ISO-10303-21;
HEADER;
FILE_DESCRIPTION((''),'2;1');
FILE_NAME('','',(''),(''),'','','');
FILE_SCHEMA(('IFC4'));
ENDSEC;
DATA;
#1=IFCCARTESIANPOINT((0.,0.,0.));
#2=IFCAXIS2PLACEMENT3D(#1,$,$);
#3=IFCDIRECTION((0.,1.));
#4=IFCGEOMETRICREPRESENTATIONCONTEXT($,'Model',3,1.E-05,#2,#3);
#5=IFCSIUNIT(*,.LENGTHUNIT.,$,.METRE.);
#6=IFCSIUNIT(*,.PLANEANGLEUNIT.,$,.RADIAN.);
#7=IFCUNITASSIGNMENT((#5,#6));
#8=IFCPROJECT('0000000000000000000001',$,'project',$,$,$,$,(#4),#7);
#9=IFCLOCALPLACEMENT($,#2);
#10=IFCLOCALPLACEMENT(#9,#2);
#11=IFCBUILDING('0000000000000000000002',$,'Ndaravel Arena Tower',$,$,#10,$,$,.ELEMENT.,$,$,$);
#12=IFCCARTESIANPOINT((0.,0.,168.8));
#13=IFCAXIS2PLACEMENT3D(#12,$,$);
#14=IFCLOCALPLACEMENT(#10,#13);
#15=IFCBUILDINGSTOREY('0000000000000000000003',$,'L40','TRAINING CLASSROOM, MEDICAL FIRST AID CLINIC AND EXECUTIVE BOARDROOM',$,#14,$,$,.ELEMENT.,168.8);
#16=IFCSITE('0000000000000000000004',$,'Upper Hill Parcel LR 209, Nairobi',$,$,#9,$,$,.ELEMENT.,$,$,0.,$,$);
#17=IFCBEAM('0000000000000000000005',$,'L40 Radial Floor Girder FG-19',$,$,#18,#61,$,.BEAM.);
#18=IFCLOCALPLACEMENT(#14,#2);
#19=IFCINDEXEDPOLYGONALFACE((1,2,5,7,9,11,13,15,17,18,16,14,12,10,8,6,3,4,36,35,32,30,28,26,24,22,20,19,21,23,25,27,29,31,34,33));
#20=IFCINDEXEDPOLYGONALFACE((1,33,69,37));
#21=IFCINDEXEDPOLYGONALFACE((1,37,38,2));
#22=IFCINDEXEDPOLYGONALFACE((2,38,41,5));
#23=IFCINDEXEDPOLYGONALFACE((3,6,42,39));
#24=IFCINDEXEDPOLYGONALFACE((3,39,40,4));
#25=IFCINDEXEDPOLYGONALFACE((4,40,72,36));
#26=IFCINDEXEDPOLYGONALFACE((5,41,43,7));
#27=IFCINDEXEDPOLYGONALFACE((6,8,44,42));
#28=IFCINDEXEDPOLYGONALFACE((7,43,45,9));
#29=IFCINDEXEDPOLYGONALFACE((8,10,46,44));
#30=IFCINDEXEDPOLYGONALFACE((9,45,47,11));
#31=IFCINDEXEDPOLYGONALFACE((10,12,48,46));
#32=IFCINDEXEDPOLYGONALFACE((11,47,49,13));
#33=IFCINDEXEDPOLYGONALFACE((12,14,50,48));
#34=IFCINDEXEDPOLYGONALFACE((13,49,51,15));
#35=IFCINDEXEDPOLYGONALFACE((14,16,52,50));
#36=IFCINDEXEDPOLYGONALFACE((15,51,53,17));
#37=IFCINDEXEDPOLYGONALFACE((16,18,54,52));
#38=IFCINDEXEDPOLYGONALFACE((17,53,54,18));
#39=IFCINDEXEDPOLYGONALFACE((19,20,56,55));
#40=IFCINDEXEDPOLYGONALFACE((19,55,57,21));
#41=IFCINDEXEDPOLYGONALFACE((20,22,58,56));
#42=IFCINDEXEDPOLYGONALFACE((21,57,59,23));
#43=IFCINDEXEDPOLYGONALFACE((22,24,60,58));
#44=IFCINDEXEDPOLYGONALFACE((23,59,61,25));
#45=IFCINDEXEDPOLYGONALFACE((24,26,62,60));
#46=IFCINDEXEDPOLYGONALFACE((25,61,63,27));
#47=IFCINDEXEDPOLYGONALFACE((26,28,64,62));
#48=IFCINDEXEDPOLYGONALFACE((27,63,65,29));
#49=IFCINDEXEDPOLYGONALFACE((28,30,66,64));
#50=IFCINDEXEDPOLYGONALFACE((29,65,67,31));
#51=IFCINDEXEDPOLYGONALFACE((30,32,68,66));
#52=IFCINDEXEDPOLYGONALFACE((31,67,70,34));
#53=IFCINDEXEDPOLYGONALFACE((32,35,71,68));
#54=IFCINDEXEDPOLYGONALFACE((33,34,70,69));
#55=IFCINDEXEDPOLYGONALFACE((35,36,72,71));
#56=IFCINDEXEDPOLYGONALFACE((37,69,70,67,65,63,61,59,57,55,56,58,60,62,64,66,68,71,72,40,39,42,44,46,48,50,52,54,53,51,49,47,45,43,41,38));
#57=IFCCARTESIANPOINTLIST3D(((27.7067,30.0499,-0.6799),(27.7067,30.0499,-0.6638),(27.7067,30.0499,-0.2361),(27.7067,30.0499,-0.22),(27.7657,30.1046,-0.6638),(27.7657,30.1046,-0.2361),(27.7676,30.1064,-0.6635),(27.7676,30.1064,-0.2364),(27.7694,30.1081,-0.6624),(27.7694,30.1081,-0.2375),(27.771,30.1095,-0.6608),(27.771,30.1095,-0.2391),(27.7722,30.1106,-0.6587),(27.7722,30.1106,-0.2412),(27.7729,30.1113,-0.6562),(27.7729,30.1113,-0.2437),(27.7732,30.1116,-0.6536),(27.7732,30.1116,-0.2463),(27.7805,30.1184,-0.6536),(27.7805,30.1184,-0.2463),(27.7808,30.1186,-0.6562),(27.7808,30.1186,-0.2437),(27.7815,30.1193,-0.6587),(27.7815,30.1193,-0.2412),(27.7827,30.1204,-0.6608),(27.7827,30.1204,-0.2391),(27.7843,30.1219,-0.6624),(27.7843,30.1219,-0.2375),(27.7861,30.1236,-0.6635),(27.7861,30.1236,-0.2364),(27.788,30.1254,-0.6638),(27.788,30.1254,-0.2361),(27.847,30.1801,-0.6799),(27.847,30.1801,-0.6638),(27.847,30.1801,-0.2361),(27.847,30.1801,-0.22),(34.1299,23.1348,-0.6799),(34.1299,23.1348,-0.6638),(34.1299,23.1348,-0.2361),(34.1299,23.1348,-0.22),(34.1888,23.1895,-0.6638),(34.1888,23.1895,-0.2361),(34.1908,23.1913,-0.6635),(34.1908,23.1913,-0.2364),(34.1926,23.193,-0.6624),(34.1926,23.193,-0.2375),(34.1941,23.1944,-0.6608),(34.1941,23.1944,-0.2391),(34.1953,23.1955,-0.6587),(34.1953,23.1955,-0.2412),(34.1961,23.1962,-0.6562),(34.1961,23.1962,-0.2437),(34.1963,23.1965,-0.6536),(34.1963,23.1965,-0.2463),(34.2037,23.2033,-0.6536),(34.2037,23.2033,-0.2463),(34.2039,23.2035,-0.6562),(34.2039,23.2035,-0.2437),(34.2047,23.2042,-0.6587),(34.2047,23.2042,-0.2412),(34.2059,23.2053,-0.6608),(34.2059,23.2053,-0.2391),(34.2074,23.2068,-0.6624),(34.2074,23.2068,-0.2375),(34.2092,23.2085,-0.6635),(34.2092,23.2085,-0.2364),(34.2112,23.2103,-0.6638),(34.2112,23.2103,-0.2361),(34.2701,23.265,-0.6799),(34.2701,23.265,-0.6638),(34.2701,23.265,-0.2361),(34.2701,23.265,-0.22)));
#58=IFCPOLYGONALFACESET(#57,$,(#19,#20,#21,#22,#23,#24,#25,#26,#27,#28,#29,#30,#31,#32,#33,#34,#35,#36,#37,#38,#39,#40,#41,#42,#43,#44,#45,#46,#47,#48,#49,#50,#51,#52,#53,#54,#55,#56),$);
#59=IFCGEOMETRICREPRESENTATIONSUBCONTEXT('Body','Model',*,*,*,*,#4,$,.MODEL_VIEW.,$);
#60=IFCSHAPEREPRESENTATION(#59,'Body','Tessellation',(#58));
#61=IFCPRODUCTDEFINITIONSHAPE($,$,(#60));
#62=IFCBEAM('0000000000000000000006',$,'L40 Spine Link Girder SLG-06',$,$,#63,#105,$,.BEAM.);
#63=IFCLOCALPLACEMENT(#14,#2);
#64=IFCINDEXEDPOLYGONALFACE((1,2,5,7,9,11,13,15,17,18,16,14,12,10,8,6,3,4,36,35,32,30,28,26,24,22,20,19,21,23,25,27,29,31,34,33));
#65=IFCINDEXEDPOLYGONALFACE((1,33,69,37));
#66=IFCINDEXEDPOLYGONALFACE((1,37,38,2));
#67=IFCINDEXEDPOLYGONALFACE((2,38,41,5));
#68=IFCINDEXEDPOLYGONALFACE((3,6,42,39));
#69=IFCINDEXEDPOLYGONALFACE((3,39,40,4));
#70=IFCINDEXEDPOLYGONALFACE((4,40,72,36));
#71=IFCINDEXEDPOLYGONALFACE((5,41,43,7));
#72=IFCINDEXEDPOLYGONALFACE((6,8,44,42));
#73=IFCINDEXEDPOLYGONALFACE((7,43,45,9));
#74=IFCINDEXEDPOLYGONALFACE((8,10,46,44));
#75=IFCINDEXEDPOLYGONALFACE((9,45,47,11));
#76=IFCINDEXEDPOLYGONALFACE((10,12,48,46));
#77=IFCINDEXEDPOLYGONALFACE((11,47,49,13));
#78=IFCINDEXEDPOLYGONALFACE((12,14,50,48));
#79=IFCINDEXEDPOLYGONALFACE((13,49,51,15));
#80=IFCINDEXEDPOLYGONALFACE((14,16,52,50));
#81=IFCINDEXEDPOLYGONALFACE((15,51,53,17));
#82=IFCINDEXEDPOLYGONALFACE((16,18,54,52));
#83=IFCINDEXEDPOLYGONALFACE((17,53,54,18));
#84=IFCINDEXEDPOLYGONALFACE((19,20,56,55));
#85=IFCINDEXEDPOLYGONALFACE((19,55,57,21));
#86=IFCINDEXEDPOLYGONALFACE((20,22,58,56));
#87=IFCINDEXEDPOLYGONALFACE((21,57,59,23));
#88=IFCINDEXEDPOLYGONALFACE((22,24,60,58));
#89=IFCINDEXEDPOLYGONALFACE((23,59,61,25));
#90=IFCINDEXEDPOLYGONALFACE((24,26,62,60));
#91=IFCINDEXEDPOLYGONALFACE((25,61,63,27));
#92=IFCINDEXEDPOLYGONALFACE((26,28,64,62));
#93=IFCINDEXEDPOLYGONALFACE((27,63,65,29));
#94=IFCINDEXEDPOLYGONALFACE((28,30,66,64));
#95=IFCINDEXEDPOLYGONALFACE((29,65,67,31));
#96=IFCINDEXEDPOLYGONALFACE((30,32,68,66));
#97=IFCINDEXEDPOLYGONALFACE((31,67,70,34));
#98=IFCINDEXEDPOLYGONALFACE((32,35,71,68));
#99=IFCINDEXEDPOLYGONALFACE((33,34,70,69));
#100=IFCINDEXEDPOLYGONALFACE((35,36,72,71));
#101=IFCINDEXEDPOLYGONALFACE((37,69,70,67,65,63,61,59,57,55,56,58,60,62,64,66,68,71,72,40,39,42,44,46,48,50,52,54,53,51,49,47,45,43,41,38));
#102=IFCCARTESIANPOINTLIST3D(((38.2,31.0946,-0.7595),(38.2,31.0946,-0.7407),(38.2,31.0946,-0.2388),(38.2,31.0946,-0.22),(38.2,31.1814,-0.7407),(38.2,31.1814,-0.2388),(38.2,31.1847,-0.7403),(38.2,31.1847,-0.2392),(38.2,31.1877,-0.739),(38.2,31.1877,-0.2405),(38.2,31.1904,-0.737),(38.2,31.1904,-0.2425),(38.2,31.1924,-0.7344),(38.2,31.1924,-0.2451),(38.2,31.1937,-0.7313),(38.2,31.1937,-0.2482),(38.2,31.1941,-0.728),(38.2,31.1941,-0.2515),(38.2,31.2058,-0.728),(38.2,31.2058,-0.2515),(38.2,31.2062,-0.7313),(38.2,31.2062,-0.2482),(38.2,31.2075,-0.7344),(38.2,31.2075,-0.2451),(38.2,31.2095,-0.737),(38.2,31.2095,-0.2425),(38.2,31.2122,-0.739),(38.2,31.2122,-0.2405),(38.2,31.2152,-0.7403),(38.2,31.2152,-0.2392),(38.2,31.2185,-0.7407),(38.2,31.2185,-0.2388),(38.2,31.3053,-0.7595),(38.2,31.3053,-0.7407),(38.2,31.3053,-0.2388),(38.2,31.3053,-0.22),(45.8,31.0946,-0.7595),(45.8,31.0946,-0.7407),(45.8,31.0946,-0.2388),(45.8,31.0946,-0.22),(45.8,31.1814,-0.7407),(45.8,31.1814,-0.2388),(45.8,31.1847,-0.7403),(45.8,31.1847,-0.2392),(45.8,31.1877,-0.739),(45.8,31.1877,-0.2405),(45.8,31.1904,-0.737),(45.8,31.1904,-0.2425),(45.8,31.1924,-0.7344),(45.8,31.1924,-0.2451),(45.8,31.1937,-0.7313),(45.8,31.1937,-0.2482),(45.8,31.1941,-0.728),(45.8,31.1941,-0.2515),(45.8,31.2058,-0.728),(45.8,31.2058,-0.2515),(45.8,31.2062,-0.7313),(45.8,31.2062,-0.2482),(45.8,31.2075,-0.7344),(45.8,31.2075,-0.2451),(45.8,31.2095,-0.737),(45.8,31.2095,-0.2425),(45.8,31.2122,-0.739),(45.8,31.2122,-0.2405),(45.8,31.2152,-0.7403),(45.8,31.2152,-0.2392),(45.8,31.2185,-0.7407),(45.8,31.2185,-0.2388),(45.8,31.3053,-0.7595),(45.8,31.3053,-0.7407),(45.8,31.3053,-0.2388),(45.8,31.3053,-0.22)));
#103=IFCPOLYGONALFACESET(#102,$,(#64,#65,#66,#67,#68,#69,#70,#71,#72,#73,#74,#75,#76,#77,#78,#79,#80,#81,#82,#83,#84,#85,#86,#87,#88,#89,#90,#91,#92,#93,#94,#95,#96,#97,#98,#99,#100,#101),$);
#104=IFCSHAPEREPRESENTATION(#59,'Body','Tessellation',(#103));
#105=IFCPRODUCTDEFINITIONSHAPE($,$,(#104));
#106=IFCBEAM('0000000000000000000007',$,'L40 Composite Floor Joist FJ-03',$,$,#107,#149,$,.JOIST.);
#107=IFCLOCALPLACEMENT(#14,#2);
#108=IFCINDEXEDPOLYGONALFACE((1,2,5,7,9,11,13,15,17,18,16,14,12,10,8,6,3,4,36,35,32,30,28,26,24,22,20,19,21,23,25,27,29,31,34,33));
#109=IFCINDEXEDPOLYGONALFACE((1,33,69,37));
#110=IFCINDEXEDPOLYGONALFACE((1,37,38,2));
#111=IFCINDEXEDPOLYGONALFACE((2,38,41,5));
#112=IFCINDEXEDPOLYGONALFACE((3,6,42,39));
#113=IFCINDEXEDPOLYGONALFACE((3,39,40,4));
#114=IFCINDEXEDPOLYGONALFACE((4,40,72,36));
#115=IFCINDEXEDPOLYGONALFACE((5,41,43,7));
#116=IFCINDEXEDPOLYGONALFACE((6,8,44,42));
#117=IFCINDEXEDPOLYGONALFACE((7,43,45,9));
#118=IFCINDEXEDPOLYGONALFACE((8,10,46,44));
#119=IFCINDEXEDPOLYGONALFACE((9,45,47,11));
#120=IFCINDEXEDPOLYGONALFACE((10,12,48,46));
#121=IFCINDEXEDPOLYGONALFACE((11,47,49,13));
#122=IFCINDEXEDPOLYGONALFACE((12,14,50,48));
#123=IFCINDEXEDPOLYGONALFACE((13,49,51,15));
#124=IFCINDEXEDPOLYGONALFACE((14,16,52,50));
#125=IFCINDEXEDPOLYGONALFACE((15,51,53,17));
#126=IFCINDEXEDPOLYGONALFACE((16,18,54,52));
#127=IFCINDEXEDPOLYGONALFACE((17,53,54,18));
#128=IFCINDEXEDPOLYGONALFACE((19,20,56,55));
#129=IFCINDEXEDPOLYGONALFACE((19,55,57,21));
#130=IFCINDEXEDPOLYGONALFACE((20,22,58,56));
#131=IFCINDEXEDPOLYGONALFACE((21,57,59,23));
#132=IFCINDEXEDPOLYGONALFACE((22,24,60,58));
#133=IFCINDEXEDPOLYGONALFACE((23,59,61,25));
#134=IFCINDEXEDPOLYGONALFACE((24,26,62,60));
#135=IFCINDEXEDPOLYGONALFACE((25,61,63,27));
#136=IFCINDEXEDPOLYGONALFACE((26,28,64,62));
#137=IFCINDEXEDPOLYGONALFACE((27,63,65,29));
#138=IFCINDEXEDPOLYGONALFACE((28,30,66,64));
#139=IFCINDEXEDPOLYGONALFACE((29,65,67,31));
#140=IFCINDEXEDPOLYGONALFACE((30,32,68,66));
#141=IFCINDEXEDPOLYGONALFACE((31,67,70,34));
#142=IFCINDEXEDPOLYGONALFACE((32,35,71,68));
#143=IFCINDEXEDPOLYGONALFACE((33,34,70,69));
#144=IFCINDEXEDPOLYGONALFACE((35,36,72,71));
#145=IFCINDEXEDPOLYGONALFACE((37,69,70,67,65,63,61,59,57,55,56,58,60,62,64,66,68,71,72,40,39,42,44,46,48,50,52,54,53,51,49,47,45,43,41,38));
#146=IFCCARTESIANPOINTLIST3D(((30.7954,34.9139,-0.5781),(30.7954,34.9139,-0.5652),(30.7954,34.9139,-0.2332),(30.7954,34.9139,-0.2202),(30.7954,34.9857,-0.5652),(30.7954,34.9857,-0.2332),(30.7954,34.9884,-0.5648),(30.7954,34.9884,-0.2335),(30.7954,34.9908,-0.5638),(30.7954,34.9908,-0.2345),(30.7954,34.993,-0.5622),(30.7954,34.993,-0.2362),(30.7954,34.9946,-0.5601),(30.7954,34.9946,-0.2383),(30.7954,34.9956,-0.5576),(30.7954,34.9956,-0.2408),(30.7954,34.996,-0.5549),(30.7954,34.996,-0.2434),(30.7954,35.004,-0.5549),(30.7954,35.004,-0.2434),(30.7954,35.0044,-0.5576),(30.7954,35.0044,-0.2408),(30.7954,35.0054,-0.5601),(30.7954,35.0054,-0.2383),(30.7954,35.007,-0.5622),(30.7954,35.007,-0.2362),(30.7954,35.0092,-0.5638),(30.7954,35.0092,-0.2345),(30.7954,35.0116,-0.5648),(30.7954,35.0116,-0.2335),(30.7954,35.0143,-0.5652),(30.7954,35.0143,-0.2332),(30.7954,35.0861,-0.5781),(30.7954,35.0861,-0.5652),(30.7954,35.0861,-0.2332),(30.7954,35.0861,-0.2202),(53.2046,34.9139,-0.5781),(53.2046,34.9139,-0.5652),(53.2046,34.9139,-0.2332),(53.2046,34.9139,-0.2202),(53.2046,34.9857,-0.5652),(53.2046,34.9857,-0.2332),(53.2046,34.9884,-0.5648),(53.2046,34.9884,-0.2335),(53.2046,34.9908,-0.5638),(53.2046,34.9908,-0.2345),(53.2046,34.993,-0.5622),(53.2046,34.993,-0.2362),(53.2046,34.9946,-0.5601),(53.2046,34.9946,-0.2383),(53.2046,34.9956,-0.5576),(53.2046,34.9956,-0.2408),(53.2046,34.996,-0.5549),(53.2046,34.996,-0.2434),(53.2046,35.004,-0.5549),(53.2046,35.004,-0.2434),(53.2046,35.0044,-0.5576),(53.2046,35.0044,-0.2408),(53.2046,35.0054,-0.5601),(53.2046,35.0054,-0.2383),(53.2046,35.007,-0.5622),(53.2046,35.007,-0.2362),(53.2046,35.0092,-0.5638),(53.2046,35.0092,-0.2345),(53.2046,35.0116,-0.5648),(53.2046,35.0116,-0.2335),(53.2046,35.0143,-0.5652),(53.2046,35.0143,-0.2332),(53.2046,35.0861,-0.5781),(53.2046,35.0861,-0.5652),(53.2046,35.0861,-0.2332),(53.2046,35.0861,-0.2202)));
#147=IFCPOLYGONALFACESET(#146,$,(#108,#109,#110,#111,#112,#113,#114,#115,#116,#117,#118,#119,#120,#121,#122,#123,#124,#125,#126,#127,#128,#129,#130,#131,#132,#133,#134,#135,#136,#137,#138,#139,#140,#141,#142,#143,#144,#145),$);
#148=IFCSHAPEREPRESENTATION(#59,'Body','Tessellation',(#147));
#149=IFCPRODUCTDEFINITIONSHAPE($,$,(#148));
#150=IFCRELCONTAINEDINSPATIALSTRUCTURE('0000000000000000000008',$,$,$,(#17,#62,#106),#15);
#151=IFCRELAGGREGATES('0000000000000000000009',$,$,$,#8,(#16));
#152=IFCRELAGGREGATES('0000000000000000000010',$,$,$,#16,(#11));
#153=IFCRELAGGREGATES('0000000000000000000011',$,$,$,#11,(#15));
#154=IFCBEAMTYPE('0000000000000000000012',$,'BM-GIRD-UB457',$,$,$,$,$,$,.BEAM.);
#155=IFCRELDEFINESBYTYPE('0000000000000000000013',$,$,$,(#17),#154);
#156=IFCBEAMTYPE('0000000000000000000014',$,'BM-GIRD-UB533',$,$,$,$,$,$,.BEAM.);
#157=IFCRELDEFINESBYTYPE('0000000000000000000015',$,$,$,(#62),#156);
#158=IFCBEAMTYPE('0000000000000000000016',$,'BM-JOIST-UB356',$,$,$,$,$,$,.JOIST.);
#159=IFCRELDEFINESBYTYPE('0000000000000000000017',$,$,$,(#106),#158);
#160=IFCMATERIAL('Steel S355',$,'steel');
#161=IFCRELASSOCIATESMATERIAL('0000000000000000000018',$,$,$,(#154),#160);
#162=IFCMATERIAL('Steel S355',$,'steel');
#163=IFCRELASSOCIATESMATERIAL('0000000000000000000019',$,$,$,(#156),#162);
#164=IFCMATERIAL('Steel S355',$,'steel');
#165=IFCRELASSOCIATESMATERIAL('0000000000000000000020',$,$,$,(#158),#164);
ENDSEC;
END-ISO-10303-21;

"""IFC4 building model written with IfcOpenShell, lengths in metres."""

from ifc_helpers import new_model, si_unit, direction, frame, origin, origin_2d, place, context, subcontext, project, spatial, i_section, extrude, material, material_profile, profile_set, type_object, element, save


model = new_model("IFC4")

# Units and contexts
model_context = context("Model", 3, precision=1e-05, world=origin(), true_north=direction((0.0, 1.0)))
body_context = subcontext(model_context, "Body", "Model", "MODEL_VIEW")
ifc_project = project(units=[si_unit("LENGTHUNIT", "METRE"), si_unit("PLANEANGLEUNIT", "RADIAN")], contexts=[model_context])

# Site, building, storey
site_placement = place(None, origin())
site = spatial("IfcSite", under=ifc_project, at=site_placement, Name="Upper Hill Parcel LR 209, Nairobi", CompositionType="ELEMENT", RefElevation=0.0)
building_placement = place(site_placement, origin())
building = spatial("IfcBuilding", under=site, at=building_placement, Name="Ndaravel Arena Tower", CompositionType="ELEMENT")
storey_placement = place(building_placement, frame((0.0, 0.0, 168.8)))
storey = spatial("IfcBuildingStorey", under=building, at=storey_placement, Name="L40", Description="TRAINING CLASSROOM, MEDICAL FIRST AID CLINIC AND EXECUTIVE BOARDROOM", CompositionType="ELEMENT", Elevation=168.8)

# Beams
ifc_material_1 = material(Name="Steel S355", Category="steel")
ifc_material_profile_1 = material_profile(ifc_material_1, i_section(OverallWidth=0.1914, OverallDepth=0.46, WebThickness=0.01, FlangeThickness=0.0161, FilletRadius=0.0103, at=origin_2d()), Name="UB 457x191x82")
ifc_profile_set_1 = profile_set([ifc_material_profile_1], Name="Steel S355")
beam_type_1 = type_object("IfcBeamType", Name="BM-GIRD-UB457", PredefinedType="BEAM", material=ifc_profile_set_1)
beam_1_placement = place(storey_placement, frame((27.7769, 30.115, -0.45), z_axis=(0.680564, -0.732688, 0.0), x_axis=(0.732688, 0.680564, 0.0)))
element("IfcBeam", 1, at=beam_1_placement, inside=storey, type_object=beam_type_1, Name="L40 Radial Floor Girder FG-19", PredefinedType="BEAM", context=body_context, shape_type="SweptSolid", body=[
    extrude(i_section(OverallWidth=0.1914, OverallDepth=0.46, WebThickness=0.01, FlangeThickness=0.0161, FilletRadius=0.0103, at=origin_2d()), origin(), (0.0, 0.0, 1.0), 9.438),
])
ifc_material_2 = material(Name="Steel S355", Category="steel")
ifc_material_profile_2 = material_profile(ifc_material_2, i_section(OverallWidth=0.2107, OverallDepth=0.5396, WebThickness=0.0117, FlangeThickness=0.0188, FilletRadius=0.0127, at=origin_2d()), Name="UB 533x210x109")
ifc_profile_set_2 = profile_set([ifc_material_profile_2], Name="Steel S355")
beam_type_2 = type_object("IfcBeamType", Name="BM-GIRD-UB533", PredefinedType="BEAM", material=ifc_profile_set_2)
beam_2_placement = place(storey_placement, frame((38.2, 31.2, -0.4897), z_axis=(1.0, 0.0, 0.0), x_axis=(0.0, 1.0, 0.0)))
element("IfcBeam", 2, at=beam_2_placement, inside=storey, type_object=beam_type_2, Name="L40 Spine Link Girder SLG-06", PredefinedType="BEAM", context=body_context, shape_type="SweptSolid", body=[
    extrude(i_section(OverallWidth=0.2107, OverallDepth=0.5396, WebThickness=0.0117, FlangeThickness=0.0188, FilletRadius=0.0127, at=origin_2d()), origin(), (0.0, 0.0, 1.0), 7.6001),
])
ifc_material_3 = material(Name="Steel S355", Category="steel")
ifc_material_profile_3 = material_profile(ifc_material_3, i_section(OverallWidth=0.1721, OverallDepth=0.3579, WebThickness=0.0081, FlangeThickness=0.0129, FilletRadius=0.0103, at=origin_2d()), Name="UB 356x171x57")
ifc_profile_set_3 = profile_set([ifc_material_profile_3], Name="Steel S355")
beam_type_3 = type_object("IfcBeamType", Name="BM-JOIST-UB356", PredefinedType="JOIST", material=ifc_profile_set_3)
beam_3_placement = place(storey_placement, frame((30.7954, 35.0, -0.3992), z_axis=(1.0, 0.0, 0.0), x_axis=(0.0, 1.0, 0.0)))
element("IfcBeam", 3, at=beam_3_placement, inside=storey, type_object=beam_type_3, Name="L40 Composite Floor Joist FJ-03", PredefinedType="JOIST", context=body_context, shape_type="SweptSolid", body=[
    extrude(i_section(OverallWidth=0.1721, OverallDepth=0.3579, WebThickness=0.0081, FlangeThickness=0.0129, FilletRadius=0.0103, at=origin_2d()), origin(), (0.0, 0.0, 1.0), 22.4092),
])

save(model, "model.ifc")
